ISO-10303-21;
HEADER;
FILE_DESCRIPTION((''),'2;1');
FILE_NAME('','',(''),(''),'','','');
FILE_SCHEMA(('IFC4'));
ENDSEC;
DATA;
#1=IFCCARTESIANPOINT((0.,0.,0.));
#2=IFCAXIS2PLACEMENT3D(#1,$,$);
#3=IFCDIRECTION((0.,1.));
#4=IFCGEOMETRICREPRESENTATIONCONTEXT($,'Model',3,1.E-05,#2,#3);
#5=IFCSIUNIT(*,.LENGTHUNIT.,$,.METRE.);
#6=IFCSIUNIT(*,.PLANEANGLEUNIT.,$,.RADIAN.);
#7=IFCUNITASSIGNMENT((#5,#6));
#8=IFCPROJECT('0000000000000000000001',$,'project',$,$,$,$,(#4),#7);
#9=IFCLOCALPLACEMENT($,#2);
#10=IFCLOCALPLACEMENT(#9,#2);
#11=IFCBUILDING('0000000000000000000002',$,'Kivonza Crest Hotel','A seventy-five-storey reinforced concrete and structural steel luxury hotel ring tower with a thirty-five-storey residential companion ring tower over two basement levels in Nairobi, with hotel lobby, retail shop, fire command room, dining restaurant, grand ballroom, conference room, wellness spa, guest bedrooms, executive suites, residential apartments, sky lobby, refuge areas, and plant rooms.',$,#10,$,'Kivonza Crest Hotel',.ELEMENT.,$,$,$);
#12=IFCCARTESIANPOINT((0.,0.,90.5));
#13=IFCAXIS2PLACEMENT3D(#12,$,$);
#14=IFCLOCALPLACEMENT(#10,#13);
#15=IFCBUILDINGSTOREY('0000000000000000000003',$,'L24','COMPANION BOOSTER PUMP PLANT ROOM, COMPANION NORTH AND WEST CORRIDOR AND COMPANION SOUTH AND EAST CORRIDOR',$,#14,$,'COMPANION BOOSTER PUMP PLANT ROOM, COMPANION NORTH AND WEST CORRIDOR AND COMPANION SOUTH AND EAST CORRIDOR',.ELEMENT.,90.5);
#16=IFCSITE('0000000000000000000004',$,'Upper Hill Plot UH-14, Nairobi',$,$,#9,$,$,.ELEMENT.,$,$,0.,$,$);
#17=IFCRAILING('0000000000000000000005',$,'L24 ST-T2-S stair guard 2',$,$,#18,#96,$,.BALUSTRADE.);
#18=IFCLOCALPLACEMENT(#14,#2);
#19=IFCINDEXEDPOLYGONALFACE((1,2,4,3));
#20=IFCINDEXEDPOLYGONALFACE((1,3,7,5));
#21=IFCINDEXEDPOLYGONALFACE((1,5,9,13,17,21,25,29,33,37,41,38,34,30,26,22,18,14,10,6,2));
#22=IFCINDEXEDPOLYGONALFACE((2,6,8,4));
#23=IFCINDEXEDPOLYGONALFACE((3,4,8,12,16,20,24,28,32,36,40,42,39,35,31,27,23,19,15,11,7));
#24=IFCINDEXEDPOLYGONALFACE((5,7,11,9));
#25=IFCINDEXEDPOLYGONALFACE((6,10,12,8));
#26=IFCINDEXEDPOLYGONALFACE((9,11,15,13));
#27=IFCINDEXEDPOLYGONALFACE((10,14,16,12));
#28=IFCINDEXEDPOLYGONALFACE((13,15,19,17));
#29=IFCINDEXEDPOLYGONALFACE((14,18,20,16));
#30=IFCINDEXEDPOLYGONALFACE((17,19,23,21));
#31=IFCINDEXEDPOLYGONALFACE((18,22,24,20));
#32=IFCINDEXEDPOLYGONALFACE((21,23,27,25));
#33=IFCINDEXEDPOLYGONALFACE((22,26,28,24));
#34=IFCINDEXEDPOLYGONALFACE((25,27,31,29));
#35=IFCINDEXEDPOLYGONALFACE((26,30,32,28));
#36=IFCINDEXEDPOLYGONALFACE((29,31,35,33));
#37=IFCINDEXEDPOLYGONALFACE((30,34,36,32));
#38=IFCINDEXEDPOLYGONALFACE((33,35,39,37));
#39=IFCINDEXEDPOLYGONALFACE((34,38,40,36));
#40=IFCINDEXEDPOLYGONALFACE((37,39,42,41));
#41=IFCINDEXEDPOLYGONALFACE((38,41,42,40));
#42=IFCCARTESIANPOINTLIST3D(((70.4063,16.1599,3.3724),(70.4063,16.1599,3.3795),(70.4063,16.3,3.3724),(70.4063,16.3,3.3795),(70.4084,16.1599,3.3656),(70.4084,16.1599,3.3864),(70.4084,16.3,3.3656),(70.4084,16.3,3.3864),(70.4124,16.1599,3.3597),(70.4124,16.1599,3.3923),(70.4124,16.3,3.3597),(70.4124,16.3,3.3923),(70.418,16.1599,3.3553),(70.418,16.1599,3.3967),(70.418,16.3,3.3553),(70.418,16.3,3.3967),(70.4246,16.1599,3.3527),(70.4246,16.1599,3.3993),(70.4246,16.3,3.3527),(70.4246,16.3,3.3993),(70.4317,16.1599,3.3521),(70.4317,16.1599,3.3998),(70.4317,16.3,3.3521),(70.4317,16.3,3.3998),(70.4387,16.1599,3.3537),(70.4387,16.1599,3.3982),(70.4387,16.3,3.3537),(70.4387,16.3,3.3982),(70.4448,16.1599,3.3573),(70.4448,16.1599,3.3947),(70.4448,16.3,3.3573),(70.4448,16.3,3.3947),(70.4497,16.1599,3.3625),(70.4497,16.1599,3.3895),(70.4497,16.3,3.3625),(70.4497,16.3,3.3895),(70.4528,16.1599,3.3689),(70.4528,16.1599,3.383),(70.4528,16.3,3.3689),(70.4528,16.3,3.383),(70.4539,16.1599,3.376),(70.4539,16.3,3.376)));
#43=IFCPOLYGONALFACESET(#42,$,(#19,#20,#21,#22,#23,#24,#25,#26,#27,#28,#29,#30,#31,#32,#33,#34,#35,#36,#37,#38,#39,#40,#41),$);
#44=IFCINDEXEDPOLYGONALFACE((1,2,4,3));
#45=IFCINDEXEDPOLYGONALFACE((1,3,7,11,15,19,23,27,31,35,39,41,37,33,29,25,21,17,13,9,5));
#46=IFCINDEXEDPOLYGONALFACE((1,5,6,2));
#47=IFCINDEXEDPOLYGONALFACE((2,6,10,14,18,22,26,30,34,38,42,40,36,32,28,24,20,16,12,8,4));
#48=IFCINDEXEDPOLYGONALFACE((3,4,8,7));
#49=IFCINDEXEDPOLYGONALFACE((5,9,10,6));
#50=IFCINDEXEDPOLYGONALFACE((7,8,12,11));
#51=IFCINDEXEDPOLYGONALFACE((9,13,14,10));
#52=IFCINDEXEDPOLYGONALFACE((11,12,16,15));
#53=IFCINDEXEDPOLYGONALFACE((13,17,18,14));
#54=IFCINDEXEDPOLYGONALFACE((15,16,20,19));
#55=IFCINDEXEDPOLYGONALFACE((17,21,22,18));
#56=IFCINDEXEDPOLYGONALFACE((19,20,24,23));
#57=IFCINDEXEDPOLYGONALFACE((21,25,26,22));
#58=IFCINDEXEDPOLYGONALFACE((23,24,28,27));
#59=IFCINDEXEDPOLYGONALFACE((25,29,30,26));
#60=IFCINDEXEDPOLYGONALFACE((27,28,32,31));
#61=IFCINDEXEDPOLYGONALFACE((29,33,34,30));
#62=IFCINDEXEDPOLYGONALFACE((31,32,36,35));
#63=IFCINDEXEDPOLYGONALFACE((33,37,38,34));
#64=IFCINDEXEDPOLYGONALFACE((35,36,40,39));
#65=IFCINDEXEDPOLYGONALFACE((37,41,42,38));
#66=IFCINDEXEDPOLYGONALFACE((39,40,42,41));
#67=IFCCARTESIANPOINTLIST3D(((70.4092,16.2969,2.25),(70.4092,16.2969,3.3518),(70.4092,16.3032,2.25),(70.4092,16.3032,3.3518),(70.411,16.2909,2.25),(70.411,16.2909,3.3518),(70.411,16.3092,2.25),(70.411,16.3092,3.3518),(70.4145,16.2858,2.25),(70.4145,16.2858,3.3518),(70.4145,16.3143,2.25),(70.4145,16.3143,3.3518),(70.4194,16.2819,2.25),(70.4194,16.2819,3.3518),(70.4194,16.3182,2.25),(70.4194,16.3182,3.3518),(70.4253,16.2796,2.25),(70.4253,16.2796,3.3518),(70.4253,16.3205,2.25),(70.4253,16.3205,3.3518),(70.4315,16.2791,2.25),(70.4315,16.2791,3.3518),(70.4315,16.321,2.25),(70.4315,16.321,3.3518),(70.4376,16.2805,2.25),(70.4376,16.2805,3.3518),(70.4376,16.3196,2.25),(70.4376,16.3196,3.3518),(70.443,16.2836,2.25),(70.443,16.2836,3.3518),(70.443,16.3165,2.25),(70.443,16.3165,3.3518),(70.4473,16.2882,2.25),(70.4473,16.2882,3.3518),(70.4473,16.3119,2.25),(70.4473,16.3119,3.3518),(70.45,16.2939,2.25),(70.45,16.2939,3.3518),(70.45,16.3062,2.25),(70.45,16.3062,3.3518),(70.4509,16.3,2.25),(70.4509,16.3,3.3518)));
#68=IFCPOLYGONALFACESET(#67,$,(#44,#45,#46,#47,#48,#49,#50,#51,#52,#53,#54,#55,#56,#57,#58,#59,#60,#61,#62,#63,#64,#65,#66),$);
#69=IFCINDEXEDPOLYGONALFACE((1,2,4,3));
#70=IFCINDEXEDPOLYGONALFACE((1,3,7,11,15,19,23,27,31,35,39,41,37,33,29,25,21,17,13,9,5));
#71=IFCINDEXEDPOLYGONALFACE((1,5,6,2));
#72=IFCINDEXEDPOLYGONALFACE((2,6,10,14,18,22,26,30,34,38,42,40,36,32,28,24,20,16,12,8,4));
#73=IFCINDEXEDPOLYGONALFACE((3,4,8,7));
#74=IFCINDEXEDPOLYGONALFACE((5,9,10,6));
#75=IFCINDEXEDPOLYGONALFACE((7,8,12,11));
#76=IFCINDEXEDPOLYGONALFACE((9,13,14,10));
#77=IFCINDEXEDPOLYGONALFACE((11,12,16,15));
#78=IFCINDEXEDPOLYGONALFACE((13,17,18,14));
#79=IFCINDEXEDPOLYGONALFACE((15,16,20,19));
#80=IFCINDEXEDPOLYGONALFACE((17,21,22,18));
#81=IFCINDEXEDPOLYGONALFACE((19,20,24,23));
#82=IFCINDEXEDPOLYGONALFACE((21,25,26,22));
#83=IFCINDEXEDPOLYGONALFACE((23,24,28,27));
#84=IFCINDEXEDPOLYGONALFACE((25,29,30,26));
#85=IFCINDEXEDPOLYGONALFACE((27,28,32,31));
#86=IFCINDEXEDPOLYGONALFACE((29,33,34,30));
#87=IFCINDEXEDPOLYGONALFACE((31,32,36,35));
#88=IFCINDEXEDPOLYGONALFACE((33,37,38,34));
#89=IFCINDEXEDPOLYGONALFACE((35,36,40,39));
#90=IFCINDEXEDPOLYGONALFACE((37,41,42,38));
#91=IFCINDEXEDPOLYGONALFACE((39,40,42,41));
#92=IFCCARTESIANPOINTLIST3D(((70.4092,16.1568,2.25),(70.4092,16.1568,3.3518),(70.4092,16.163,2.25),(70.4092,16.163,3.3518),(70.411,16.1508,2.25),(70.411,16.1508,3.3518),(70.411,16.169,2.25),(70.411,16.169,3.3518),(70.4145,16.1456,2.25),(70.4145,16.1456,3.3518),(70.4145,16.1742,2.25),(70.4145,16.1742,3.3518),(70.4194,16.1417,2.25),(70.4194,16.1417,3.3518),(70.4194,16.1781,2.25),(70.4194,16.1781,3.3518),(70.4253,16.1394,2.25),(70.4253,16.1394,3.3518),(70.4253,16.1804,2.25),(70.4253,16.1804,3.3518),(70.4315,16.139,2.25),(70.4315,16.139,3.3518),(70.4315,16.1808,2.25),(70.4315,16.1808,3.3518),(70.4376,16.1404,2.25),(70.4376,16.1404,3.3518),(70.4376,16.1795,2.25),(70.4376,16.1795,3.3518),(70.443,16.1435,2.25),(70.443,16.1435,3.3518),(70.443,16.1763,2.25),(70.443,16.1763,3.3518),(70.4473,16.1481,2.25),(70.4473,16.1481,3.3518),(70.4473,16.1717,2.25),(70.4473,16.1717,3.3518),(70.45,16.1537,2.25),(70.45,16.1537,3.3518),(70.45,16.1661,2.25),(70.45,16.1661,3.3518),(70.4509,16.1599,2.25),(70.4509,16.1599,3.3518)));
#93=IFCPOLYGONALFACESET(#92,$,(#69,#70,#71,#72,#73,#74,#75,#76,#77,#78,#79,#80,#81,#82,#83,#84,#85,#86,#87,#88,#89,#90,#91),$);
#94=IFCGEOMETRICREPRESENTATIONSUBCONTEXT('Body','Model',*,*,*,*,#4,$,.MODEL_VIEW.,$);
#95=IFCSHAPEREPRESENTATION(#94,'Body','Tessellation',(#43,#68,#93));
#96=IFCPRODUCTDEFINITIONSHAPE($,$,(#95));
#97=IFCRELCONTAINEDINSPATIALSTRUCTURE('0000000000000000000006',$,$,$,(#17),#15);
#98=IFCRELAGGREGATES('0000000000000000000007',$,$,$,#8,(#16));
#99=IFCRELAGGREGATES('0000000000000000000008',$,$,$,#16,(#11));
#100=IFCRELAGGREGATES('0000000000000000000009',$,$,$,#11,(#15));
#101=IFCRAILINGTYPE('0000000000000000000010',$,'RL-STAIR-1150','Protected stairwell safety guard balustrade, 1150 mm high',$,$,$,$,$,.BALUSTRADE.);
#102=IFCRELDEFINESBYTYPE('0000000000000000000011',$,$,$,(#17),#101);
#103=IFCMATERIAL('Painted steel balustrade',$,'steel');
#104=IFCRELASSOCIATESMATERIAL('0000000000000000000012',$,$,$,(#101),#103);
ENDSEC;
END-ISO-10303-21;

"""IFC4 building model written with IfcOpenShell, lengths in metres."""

from ifc_helpers import new_model, si_unit, direction, frame, origin, origin_2d, place, context, subcontext, project, spatial, circle, extrude, material, type_object, element, save


model = new_model("IFC4")

# Units and contexts
model_context = context("Model", 3, precision=1e-05, world=origin(), true_north=direction((0.0, 1.0)))
body_context = subcontext(model_context, "Body", "Model", "MODEL_VIEW")
ifc_project = project(units=[si_unit("LENGTHUNIT", "METRE"), si_unit("PLANEANGLEUNIT", "RADIAN")], contexts=[model_context])

# Site, building, storey
site_placement = place(None, origin())
site = spatial("IfcSite", under=ifc_project, at=site_placement, Name="Upper Hill Plot UH-14, Nairobi", CompositionType="ELEMENT", RefElevation=0.0)
building_placement = place(site_placement, origin())
building = spatial("IfcBuilding", under=site, at=building_placement, Name="Kivonza Crest Hotel", Description="A seventy-five-storey reinforced concrete and structural steel luxury hotel ring tower with a thirty-five-storey residential companion ring tower over two basement levels in Nairobi, with hotel lobby, retail shop, fire command room, dining restaurant, grand ballroom, conference room, wellness spa, guest bedrooms, executive suites, residential apartments, sky lobby, refuge areas, and plant rooms.", LongName="Kivonza Crest Hotel", CompositionType="ELEMENT")
storey_placement = place(building_placement, frame((0.0, 0.0, 90.5)))
storey = spatial("IfcBuildingStorey", under=building, at=storey_placement, Name="L24", Description="COMPANION BOOSTER PUMP PLANT ROOM, COMPANION NORTH AND WEST CORRIDOR AND COMPANION SOUTH AND EAST CORRIDOR", LongName="COMPANION BOOSTER PUMP PLANT ROOM, COMPANION NORTH AND WEST CORRIDOR AND COMPANION SOUTH AND EAST CORRIDOR", CompositionType="ELEMENT", Elevation=90.5)

# Railing
ifc_material_1 = material(Name="Painted steel balustrade", Category="steel")
railing_type_1 = type_object("IfcRailingType", Name="RL-STAIR-1150", Description="Protected stairwell safety guard balustrade, 1150 mm high", PredefinedType="BALUSTRADE", material=ifc_material_1)
railing_1_placement = place(storey_placement, frame((70.4299, 16.3, 2.25)))
element("IfcRailing", 1, at=railing_1_placement, inside=storey, type_object=railing_type_1, Name="L24 ST-T2-S stair guard 2", PredefinedType="BALUSTRADE", context=body_context, shape_type="SweptSolid", body=[
    extrude(circle(Radius=0.0239, at=origin_2d()), frame((0.0, 0.0, 1.126), z_axis=(0.0, -1.0, 0.0), x_axis=(1.0, 0.0, 0.0)), (0.0, 0.0, 1.0), 0.1401),
    extrude(circle(Radius=0.021, at=origin_2d()), origin(), (0.0, 0.0, 1.0), 1.1018),
    extrude(circle(Radius=0.021, at=origin_2d()), frame((0.0, -0.1401, 0.0)), (0.0, 0.0, 1.0), 1.1018),
])

save(model, "model.ifc")
